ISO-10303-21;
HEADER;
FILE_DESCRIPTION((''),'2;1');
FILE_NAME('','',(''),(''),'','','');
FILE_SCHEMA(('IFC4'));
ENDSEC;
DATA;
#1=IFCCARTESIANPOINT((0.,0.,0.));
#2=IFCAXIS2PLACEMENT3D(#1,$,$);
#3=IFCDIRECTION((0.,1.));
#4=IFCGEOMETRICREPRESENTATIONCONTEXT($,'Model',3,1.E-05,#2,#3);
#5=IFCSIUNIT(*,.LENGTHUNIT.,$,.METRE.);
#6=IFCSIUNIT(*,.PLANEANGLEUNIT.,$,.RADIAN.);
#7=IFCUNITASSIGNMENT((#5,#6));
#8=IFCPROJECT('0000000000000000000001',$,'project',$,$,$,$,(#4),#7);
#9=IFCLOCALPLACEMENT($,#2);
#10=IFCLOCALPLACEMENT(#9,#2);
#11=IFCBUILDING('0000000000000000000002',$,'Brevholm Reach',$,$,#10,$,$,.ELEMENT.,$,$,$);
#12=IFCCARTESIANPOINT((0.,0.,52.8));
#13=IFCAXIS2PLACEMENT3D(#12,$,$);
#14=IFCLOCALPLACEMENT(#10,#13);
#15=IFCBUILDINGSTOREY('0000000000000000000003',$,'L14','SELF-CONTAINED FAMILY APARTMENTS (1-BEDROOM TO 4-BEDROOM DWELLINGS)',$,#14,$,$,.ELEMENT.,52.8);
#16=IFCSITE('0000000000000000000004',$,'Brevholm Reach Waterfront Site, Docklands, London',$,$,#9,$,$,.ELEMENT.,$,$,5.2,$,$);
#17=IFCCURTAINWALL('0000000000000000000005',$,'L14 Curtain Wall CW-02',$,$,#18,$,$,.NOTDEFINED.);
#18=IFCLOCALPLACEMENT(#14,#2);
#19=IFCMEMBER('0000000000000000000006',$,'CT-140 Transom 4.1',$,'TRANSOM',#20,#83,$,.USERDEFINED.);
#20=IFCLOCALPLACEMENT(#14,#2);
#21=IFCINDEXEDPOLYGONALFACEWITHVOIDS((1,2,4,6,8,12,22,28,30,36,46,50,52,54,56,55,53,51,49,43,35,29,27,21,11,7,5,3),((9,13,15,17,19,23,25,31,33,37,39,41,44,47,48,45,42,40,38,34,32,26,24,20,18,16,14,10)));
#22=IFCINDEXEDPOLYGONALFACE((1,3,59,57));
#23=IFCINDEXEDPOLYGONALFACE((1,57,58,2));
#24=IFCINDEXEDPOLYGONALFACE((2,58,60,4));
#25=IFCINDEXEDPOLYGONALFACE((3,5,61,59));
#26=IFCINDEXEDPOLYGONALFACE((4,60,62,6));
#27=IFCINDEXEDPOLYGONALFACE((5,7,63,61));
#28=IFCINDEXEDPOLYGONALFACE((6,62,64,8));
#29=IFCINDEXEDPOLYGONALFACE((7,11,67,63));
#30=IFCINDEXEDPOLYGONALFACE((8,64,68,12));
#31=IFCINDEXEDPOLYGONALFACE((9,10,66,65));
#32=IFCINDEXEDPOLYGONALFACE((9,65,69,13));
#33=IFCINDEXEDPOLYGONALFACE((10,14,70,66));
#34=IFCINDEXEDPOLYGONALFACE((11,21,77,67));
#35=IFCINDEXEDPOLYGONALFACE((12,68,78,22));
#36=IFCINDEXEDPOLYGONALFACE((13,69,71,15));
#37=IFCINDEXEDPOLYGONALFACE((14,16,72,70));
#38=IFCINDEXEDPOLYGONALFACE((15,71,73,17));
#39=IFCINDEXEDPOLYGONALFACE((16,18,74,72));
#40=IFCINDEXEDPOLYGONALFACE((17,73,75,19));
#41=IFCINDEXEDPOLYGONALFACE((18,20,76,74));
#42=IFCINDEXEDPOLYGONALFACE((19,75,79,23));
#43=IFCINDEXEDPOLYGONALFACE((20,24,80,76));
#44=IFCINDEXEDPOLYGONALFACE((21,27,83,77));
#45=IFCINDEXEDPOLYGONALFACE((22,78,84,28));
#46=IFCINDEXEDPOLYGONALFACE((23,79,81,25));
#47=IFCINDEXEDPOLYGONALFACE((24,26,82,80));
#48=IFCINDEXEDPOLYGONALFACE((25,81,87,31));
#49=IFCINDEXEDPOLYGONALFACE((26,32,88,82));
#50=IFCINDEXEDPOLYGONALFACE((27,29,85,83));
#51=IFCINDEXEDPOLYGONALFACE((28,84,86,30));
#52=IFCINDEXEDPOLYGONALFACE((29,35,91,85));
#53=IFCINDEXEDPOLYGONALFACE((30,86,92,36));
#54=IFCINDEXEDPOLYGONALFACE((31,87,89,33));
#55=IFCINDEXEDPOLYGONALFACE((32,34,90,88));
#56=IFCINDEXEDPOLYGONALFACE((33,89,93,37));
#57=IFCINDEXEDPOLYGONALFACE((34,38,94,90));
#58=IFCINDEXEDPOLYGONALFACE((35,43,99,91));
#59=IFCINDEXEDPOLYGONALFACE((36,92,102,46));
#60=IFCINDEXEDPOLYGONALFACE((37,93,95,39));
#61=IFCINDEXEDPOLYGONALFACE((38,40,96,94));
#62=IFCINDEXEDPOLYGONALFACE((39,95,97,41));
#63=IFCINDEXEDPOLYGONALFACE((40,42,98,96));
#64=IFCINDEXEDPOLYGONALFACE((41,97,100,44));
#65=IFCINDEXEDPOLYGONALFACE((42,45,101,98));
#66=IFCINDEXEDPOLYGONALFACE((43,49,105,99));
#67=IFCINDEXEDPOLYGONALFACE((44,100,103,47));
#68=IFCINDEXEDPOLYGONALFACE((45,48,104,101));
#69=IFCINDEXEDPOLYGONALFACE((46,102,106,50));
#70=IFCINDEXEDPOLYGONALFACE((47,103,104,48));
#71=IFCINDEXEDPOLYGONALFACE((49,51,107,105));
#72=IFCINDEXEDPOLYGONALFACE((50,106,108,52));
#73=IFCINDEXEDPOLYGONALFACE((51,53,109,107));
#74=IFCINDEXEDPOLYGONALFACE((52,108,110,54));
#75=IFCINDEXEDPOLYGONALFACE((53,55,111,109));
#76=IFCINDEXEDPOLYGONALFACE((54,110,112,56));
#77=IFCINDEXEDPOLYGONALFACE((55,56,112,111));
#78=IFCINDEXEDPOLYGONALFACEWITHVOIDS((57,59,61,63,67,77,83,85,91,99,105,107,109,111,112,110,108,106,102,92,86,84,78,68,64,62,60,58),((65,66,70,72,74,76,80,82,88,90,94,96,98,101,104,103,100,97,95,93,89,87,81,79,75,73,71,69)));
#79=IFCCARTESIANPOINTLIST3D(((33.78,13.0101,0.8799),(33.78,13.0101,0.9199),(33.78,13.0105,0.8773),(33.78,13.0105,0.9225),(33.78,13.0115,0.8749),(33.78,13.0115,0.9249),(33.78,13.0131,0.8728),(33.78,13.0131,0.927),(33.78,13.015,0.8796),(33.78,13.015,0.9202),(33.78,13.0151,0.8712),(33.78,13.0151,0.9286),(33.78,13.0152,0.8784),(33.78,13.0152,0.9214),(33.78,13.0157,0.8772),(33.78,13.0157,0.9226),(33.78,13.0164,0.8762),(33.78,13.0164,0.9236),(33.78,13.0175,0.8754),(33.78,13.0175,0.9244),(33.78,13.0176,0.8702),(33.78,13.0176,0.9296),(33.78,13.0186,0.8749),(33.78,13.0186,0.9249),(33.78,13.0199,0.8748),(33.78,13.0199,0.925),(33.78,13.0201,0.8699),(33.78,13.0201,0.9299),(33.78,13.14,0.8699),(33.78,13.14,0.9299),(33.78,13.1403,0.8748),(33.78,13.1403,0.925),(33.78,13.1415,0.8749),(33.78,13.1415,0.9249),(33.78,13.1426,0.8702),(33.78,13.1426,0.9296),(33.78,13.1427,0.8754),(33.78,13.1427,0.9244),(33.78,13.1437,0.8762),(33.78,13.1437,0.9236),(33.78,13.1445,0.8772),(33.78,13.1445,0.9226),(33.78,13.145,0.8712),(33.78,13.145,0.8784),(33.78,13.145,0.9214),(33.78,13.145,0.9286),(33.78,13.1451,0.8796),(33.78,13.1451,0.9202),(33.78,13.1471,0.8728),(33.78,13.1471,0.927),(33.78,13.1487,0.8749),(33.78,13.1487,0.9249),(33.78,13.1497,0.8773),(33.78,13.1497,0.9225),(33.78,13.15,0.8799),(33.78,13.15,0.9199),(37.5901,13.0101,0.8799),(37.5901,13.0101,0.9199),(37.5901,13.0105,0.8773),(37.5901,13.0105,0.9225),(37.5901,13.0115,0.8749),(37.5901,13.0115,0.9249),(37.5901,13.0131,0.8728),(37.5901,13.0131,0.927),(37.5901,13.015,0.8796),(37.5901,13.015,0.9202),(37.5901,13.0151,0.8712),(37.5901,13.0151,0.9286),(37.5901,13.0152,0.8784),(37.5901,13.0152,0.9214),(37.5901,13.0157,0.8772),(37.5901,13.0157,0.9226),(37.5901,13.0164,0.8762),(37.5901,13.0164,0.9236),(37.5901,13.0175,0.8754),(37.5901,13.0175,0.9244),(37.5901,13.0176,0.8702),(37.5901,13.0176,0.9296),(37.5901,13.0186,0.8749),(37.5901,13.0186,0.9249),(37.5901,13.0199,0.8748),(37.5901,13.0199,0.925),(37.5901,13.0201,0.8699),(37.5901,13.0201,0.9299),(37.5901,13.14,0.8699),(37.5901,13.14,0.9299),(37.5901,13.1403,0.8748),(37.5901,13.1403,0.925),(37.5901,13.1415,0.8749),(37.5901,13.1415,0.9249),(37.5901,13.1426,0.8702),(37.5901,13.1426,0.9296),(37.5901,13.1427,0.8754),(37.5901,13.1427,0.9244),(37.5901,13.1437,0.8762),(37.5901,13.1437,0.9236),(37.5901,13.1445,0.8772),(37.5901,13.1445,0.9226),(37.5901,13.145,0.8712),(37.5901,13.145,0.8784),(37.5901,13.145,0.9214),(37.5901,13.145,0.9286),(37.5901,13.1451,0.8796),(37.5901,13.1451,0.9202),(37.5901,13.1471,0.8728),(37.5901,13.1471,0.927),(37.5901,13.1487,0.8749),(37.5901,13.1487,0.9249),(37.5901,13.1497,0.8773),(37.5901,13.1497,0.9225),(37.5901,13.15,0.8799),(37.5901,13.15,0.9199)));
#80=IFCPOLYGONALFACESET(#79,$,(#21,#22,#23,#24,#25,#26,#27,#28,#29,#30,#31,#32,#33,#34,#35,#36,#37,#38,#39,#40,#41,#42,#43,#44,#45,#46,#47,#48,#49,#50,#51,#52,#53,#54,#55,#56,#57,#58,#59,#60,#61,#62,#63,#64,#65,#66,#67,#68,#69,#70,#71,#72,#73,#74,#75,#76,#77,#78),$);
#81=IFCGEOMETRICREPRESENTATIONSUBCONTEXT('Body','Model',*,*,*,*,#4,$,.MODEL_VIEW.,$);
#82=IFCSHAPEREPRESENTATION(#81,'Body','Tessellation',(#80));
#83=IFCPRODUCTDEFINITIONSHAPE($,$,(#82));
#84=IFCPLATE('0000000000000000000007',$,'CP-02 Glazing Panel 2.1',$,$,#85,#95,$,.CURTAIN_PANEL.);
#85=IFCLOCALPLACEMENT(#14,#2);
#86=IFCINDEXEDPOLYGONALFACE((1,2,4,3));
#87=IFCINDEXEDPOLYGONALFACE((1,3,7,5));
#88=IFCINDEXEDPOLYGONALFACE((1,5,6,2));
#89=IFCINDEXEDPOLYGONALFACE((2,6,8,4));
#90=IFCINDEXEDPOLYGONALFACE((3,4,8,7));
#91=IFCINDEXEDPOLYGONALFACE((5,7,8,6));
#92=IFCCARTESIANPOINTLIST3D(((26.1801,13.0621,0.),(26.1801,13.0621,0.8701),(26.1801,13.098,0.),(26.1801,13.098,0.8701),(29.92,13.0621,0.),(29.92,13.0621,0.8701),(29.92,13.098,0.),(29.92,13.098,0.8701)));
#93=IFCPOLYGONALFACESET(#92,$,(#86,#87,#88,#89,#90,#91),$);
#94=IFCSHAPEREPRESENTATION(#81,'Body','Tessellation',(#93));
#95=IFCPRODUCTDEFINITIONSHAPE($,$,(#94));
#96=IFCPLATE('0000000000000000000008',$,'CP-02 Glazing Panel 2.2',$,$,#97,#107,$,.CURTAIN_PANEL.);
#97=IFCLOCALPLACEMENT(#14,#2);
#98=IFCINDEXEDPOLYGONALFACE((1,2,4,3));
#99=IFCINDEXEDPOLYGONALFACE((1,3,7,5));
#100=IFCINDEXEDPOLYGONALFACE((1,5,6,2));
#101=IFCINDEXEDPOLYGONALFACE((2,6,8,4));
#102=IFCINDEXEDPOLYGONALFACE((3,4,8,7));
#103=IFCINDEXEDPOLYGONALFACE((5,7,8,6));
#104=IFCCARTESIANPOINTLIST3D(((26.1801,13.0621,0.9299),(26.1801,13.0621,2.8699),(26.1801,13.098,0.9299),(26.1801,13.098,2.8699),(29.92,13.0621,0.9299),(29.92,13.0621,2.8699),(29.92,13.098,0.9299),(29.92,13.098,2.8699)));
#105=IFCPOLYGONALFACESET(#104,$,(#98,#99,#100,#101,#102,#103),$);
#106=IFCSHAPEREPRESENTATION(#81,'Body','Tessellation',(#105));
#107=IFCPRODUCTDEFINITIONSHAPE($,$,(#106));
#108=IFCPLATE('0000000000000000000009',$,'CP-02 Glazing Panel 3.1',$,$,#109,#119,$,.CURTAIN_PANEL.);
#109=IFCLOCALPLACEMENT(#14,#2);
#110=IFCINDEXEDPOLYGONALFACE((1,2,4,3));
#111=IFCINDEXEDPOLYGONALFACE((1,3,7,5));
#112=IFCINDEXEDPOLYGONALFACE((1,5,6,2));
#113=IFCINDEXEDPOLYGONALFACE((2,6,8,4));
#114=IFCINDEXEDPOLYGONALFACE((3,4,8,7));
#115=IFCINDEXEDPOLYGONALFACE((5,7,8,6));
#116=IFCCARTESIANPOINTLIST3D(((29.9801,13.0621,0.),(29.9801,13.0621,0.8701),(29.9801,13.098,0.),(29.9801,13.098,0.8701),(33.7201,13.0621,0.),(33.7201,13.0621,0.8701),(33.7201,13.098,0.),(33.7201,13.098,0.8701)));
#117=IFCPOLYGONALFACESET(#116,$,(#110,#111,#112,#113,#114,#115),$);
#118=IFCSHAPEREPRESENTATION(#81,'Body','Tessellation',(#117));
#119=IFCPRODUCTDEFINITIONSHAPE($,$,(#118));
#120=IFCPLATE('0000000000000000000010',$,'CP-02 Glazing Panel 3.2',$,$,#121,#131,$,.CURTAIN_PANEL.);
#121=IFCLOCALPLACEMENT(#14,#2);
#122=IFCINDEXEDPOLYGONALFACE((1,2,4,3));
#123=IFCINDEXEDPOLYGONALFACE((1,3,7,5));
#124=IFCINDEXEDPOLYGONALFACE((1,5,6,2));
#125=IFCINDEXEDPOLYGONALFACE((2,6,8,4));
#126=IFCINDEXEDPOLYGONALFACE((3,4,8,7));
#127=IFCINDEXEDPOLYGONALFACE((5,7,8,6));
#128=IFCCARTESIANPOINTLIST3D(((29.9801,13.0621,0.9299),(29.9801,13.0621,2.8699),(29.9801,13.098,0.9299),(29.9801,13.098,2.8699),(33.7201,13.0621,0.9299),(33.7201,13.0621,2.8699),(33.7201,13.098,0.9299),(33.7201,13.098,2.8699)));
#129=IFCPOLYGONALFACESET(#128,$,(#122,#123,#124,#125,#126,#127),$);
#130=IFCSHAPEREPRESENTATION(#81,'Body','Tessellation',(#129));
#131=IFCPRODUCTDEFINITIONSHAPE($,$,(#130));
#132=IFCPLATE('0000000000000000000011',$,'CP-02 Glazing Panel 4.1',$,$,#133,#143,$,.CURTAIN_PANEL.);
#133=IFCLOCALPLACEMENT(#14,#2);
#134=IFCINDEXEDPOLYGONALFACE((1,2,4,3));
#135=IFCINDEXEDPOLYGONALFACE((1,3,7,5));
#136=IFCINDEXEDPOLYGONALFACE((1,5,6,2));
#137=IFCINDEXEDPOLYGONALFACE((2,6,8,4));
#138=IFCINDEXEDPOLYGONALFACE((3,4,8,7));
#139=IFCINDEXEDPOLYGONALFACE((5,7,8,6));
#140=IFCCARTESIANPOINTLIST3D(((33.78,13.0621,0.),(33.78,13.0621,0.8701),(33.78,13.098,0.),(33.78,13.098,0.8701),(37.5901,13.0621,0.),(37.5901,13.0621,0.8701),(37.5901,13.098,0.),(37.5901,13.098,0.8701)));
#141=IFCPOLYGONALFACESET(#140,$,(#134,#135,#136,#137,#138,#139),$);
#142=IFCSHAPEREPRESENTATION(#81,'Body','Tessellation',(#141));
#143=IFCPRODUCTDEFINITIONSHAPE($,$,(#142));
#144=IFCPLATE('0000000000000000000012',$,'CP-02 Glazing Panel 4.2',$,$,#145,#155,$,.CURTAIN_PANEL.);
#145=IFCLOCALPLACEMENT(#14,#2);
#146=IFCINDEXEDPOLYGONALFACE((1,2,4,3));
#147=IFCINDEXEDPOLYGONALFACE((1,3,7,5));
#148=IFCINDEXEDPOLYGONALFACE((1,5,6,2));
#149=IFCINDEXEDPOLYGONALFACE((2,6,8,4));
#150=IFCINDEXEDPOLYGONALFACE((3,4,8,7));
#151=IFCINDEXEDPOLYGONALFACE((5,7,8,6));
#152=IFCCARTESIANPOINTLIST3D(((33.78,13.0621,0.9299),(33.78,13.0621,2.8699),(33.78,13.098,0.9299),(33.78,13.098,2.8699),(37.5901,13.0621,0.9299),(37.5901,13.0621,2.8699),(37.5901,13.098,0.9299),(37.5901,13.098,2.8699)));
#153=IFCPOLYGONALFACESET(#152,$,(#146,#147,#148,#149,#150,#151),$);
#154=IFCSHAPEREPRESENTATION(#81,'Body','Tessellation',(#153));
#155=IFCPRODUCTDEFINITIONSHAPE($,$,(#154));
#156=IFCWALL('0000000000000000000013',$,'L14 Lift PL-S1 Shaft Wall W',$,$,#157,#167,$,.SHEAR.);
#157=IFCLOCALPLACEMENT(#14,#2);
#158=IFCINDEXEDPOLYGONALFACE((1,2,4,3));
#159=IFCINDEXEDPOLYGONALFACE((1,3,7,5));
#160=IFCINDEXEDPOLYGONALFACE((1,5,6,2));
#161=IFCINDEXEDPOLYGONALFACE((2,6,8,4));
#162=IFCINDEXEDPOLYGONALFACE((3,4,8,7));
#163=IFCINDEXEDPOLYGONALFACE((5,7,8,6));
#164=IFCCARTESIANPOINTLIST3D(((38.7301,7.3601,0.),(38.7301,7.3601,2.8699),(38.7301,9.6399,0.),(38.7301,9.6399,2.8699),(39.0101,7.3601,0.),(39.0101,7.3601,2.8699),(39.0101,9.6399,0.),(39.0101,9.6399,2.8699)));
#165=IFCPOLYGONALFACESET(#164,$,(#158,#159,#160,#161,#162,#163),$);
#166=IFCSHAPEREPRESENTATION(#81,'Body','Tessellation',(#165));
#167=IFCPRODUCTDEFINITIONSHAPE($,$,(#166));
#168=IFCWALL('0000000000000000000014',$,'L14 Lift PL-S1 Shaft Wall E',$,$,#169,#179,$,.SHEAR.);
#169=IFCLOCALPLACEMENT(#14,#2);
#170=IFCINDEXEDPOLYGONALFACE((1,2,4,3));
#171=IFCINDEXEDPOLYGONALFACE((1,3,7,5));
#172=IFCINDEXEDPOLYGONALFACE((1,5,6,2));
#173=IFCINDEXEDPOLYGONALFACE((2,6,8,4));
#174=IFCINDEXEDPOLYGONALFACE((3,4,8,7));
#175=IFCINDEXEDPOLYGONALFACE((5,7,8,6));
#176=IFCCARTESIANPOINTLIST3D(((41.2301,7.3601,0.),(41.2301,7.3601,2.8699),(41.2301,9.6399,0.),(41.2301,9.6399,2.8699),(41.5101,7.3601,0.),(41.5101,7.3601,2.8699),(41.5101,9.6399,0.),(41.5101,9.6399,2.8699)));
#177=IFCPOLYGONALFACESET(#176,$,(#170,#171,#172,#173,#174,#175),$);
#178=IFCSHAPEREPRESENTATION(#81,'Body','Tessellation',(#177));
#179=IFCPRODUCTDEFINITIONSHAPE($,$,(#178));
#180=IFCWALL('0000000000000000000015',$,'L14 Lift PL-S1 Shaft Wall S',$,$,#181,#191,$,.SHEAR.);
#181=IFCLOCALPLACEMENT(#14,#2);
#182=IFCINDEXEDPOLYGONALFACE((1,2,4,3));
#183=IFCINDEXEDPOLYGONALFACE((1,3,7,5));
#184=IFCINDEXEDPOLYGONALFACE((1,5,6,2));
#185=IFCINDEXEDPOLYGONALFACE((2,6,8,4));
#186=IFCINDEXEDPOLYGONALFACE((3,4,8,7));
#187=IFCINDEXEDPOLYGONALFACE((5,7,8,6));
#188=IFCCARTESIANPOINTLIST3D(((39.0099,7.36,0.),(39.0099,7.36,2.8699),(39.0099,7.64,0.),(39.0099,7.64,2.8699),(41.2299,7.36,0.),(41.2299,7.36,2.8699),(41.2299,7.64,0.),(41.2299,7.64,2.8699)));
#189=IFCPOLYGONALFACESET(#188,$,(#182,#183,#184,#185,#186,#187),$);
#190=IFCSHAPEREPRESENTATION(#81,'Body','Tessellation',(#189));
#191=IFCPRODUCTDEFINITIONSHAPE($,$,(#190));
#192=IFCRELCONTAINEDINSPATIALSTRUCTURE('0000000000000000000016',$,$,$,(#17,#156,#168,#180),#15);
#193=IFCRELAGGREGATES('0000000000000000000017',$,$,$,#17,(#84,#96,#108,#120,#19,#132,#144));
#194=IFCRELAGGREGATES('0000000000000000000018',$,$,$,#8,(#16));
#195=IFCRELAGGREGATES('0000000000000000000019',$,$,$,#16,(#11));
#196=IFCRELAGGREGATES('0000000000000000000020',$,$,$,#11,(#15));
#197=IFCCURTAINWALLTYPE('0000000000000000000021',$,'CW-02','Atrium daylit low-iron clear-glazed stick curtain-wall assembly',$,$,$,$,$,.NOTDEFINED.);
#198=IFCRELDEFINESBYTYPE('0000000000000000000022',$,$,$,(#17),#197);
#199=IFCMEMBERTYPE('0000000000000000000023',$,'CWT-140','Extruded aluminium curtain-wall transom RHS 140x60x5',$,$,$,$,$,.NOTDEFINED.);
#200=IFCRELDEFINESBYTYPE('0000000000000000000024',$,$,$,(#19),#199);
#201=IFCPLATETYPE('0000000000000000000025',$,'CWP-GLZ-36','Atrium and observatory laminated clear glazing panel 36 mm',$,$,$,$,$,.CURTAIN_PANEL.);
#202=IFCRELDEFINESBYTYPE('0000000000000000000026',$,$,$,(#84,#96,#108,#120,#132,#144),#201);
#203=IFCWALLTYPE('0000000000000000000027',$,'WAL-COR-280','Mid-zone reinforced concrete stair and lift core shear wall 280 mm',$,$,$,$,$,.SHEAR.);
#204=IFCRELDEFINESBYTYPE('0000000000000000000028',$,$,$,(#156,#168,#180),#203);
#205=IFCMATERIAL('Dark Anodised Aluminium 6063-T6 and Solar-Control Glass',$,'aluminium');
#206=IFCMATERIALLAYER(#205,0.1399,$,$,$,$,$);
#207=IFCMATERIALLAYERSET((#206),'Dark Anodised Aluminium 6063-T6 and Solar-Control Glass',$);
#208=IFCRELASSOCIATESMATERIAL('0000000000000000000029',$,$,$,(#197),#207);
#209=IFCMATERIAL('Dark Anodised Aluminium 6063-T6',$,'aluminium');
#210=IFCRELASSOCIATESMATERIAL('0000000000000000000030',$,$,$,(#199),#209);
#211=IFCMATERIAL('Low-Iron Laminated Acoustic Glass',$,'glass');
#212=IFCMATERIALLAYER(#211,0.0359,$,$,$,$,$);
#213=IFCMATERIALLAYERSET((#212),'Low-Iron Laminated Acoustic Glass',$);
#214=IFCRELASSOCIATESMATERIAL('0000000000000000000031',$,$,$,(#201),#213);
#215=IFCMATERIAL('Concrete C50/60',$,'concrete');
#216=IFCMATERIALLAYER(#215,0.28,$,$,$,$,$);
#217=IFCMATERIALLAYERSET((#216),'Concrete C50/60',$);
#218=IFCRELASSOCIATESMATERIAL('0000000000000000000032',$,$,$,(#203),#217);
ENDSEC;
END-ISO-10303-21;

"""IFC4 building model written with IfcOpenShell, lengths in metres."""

from ifc_helpers import new_model, si_unit, direction, frame, frame_2d, origin, origin_2d, place, context, subcontext, project, spatial, rectangle, hollow_rectangle, extrude, material, layer, layer_set, material_profile, profile_set, type_object, element, aggregate, save


model = new_model("IFC4")

# Units and contexts
model_context = context("Model", 3, precision=1e-05, world=origin(), true_north=direction((0.0, 1.0)))
body_context = subcontext(model_context, "Body", "Model", "MODEL_VIEW")
ifc_project = project(units=[si_unit("LENGTHUNIT", "METRE"), si_unit("PLANEANGLEUNIT", "RADIAN")], contexts=[model_context])

# Site, building, storey
site_placement = place(None, origin())
site = spatial("IfcSite", under=ifc_project, at=site_placement, Name="Brevholm Reach Waterfront Site, Docklands, London", CompositionType="ELEMENT", RefElevation=5.2)
building_placement = place(site_placement, origin())
building = spatial("IfcBuilding", under=site, at=building_placement, Name="Brevholm Reach", CompositionType="ELEMENT")
storey_placement = place(building_placement, frame((0.0, 0.0, 52.8)))
storey = spatial("IfcBuildingStorey", under=building, at=storey_placement, Name="L14", Description="SELF-CONTAINED FAMILY APARTMENTS (1-BEDROOM TO 4-BEDROOM DWELLINGS)", CompositionType="ELEMENT", Elevation=52.8)

# Curtain wall, member, plates
ifc_material_1 = material(Name="Dark Anodised Aluminium 6063-T6 and Solar-Control Glass", Category="aluminium")
ifc_layer_1 = layer(ifc_material_1, 0.1399)
ifc_layer_set_1 = layer_set([ifc_layer_1], Name="Dark Anodised Aluminium 6063-T6 and Solar-Control Glass")
curtain_wall_type = type_object("IfcCurtainWallType", Name="CW-02", Description="Atrium daylit low-iron clear-glazed stick curtain-wall assembly", PredefinedType="NOTDEFINED", material=ifc_layer_set_1)
curtain_wall_placement = place(storey_placement, origin())
curtain_wall = element("IfcCurtainWall", 1, at=curtain_wall_placement, inside=storey, type_object=curtain_wall_type, Name="L14 Curtain Wall CW-02", PredefinedType="NOTDEFINED")
ifc_material_2 = material(Name="Dark Anodised Aluminium 6063-T6", Category="aluminium")
ifc_material_profile_1 = material_profile(ifc_material_2, hollow_rectangle(XDim=0.0601, YDim=0.1399, WallThickness=0.0049, InnerFilletRadius=0.0049, OuterFilletRadius=0.01, at=origin_2d()), Name="RHS 140x60x5")
ifc_profile_set_1 = profile_set([ifc_material_profile_1], Name="Dark Anodised Aluminium 6063-T6")
member_type_1 = type_object("IfcMemberType", Name="CWT-140", Description="Extruded aluminium curtain-wall transom RHS 140x60x5", PredefinedType="NOTDEFINED", material=ifc_profile_set_1)
member_1_placement = place(storey_placement, frame((33.78, 13.0801, 0.8999), z_axis=(1.0, 0.0, 0.0), x_axis=(0.0, 0.0, 1.0)))
member_1 = element("IfcMember", 2, at=member_1_placement, type_object=member_type_1, Name="CT-140 Transom 4.1", ObjectType="TRANSOM", PredefinedType="USERDEFINED", context=body_context, shape_type="SweptSolid", body=[
    extrude(hollow_rectangle(XDim=0.0601, YDim=0.1399, WallThickness=0.0049, InnerFilletRadius=0.0049, OuterFilletRadius=0.01, at=origin_2d()), origin(), (0.0, 0.0, 1.0), 3.8101),
])
ifc_material_3 = material(Name="Low-Iron Laminated Acoustic Glass", Category="glass")
ifc_layer_2 = layer(ifc_material_3, 0.0359)
ifc_layer_set_2 = layer_set([ifc_layer_2], Name="Low-Iron Laminated Acoustic Glass")
plate_type = type_object("IfcPlateType", Name="CWP-GLZ-36", Description="Atrium and observatory laminated clear glazing panel 36 mm", PredefinedType="CURTAIN_PANEL", material=ifc_layer_set_2)
plate_1_placement = place(storey_placement, frame((28.05, 13.0801, 0.0), z_axis=(0.0, 0.0, 1.0), x_axis=(1.0, 0.0, 0.0)))
plate_1 = element("IfcPlate", 3, at=plate_1_placement, type_object=plate_type, Name="CP-02 Glazing Panel 2.1", PredefinedType="CURTAIN_PANEL", context=body_context, shape_type="SweptSolid", body=[
    extrude(rectangle(XDim=3.74, YDim=0.0359, at=origin_2d()), origin(), (0.0, 0.0, 1.0), 0.8701),
])
plate_2_placement = place(storey_placement, frame((28.05, 13.0801, 0.9299), z_axis=(0.0, 0.0, 1.0), x_axis=(1.0, 0.0, 0.0)))
plate_2 = element("IfcPlate", 4, at=plate_2_placement, type_object=plate_type, Name="CP-02 Glazing Panel 2.2", PredefinedType="CURTAIN_PANEL", context=body_context, shape_type="SweptSolid", body=[
    extrude(rectangle(XDim=3.74, YDim=0.0359, at=origin_2d()), origin(), (0.0, 0.0, 1.0), 1.9399),
])
plate_3_placement = place(storey_placement, frame((31.8501, 13.0801, 0.0), z_axis=(0.0, 0.0, 1.0), x_axis=(1.0, 0.0, 0.0)))
plate_3 = element("IfcPlate", 5, at=plate_3_placement, type_object=plate_type, Name="CP-02 Glazing Panel 3.1", PredefinedType="CURTAIN_PANEL", context=body_context, shape_type="SweptSolid", body=[
    extrude(rectangle(XDim=3.74, YDim=0.0359, at=origin_2d()), origin(), (0.0, 0.0, 1.0), 0.8701),
])
plate_4_placement = place(storey_placement, frame((31.8501, 13.0801, 0.9299), z_axis=(0.0, 0.0, 1.0), x_axis=(1.0, 0.0, 0.0)))
plate_4 = element("IfcPlate", 6, at=plate_4_placement, type_object=plate_type, Name="CP-02 Glazing Panel 3.2", PredefinedType="CURTAIN_PANEL", context=body_context, shape_type="SweptSolid", body=[
    extrude(rectangle(XDim=3.74, YDim=0.0359, at=origin_2d()), origin(), (0.0, 0.0, 1.0), 1.9399),
])
plate_5_placement = place(storey_placement, frame((35.6851, 13.0801, 0.0), z_axis=(0.0, 0.0, 1.0), x_axis=(1.0, 0.0, 0.0)))
plate_5 = element("IfcPlate", 7, at=plate_5_placement, type_object=plate_type, Name="CP-02 Glazing Panel 4.1", PredefinedType="CURTAIN_PANEL", context=body_context, shape_type="SweptSolid", body=[
    extrude(rectangle(XDim=3.8101, YDim=0.0359, at=origin_2d()), origin(), (0.0, 0.0, 1.0), 0.8701),
])
plate_6_placement = place(storey_placement, frame((35.6851, 13.0801, 0.9299), z_axis=(0.0, 0.0, 1.0), x_axis=(1.0, 0.0, 0.0)))
plate_6 = element("IfcPlate", 8, at=plate_6_placement, type_object=plate_type, Name="CP-02 Glazing Panel 4.2", PredefinedType="CURTAIN_PANEL", context=body_context, shape_type="SweptSolid", body=[
    extrude(rectangle(XDim=3.8101, YDim=0.0359, at=origin_2d()), origin(), (0.0, 0.0, 1.0), 1.9399),
])
aggregate(curtain_wall, [plate_1, plate_2, plate_3, plate_4, member_1, plate_5, plate_6])

# Walls
ifc_material_4 = material(Name="Concrete C50/60", Category="concrete")
ifc_layer_3 = layer(ifc_material_4, 0.28)
ifc_layer_set_3 = layer_set([ifc_layer_3], Name="Concrete C50/60")
wall_type_1 = type_object("IfcWallType", Name="WAL-COR-280", Description="Mid-zone reinforced concrete stair and lift core shear wall 280 mm", PredefinedType="SHEAR", material=ifc_layer_set_3)
for number, where, z_axis, x_axis, name in (
    (9, (38.8701, 7.3601, 0.0), (0.0, 0.0, 1.0), (0.0, 1.0, 0.0), "L14 Lift PL-S1 Shaft Wall W"),
    (10, (41.3701, 7.3601, 0.0), (0.0, 0.0, 1.0), (0.0, 1.0, 0.0), "L14 Lift PL-S1 Shaft Wall E"),
):
    element("IfcWall", number, at=place(storey_placement, frame(where, z_axis=z_axis, x_axis=x_axis)), inside=storey, type_object=wall_type_1, Name=name, PredefinedType="SHEAR", context=body_context, shape_type="SweptSolid", body=[
        extrude(rectangle(XDim=2.2798, YDim=0.28, at=frame_2d((1.1399, 0.0))), origin(), (0.0, 0.0, 1.0), 2.8699),
    ])
wall_1_placement = place(storey_placement, frame((39.01, 7.5, 0.0), z_axis=(0.0, 0.0, 1.0), x_axis=(1.0, 0.0, 0.0)))
element("IfcWall", 11, at=wall_1_placement, inside=storey, type_object=wall_type_1, Name="L14 Lift PL-S1 Shaft Wall S", PredefinedType="SHEAR", context=body_context, shape_type="SweptSolid", body=[
    extrude(rectangle(XDim=2.22, YDim=0.28, at=frame_2d((1.1099, 0.0))), origin(), (0.0, 0.0, 1.0), 2.8699),
])

save(model, "model.ifc")
